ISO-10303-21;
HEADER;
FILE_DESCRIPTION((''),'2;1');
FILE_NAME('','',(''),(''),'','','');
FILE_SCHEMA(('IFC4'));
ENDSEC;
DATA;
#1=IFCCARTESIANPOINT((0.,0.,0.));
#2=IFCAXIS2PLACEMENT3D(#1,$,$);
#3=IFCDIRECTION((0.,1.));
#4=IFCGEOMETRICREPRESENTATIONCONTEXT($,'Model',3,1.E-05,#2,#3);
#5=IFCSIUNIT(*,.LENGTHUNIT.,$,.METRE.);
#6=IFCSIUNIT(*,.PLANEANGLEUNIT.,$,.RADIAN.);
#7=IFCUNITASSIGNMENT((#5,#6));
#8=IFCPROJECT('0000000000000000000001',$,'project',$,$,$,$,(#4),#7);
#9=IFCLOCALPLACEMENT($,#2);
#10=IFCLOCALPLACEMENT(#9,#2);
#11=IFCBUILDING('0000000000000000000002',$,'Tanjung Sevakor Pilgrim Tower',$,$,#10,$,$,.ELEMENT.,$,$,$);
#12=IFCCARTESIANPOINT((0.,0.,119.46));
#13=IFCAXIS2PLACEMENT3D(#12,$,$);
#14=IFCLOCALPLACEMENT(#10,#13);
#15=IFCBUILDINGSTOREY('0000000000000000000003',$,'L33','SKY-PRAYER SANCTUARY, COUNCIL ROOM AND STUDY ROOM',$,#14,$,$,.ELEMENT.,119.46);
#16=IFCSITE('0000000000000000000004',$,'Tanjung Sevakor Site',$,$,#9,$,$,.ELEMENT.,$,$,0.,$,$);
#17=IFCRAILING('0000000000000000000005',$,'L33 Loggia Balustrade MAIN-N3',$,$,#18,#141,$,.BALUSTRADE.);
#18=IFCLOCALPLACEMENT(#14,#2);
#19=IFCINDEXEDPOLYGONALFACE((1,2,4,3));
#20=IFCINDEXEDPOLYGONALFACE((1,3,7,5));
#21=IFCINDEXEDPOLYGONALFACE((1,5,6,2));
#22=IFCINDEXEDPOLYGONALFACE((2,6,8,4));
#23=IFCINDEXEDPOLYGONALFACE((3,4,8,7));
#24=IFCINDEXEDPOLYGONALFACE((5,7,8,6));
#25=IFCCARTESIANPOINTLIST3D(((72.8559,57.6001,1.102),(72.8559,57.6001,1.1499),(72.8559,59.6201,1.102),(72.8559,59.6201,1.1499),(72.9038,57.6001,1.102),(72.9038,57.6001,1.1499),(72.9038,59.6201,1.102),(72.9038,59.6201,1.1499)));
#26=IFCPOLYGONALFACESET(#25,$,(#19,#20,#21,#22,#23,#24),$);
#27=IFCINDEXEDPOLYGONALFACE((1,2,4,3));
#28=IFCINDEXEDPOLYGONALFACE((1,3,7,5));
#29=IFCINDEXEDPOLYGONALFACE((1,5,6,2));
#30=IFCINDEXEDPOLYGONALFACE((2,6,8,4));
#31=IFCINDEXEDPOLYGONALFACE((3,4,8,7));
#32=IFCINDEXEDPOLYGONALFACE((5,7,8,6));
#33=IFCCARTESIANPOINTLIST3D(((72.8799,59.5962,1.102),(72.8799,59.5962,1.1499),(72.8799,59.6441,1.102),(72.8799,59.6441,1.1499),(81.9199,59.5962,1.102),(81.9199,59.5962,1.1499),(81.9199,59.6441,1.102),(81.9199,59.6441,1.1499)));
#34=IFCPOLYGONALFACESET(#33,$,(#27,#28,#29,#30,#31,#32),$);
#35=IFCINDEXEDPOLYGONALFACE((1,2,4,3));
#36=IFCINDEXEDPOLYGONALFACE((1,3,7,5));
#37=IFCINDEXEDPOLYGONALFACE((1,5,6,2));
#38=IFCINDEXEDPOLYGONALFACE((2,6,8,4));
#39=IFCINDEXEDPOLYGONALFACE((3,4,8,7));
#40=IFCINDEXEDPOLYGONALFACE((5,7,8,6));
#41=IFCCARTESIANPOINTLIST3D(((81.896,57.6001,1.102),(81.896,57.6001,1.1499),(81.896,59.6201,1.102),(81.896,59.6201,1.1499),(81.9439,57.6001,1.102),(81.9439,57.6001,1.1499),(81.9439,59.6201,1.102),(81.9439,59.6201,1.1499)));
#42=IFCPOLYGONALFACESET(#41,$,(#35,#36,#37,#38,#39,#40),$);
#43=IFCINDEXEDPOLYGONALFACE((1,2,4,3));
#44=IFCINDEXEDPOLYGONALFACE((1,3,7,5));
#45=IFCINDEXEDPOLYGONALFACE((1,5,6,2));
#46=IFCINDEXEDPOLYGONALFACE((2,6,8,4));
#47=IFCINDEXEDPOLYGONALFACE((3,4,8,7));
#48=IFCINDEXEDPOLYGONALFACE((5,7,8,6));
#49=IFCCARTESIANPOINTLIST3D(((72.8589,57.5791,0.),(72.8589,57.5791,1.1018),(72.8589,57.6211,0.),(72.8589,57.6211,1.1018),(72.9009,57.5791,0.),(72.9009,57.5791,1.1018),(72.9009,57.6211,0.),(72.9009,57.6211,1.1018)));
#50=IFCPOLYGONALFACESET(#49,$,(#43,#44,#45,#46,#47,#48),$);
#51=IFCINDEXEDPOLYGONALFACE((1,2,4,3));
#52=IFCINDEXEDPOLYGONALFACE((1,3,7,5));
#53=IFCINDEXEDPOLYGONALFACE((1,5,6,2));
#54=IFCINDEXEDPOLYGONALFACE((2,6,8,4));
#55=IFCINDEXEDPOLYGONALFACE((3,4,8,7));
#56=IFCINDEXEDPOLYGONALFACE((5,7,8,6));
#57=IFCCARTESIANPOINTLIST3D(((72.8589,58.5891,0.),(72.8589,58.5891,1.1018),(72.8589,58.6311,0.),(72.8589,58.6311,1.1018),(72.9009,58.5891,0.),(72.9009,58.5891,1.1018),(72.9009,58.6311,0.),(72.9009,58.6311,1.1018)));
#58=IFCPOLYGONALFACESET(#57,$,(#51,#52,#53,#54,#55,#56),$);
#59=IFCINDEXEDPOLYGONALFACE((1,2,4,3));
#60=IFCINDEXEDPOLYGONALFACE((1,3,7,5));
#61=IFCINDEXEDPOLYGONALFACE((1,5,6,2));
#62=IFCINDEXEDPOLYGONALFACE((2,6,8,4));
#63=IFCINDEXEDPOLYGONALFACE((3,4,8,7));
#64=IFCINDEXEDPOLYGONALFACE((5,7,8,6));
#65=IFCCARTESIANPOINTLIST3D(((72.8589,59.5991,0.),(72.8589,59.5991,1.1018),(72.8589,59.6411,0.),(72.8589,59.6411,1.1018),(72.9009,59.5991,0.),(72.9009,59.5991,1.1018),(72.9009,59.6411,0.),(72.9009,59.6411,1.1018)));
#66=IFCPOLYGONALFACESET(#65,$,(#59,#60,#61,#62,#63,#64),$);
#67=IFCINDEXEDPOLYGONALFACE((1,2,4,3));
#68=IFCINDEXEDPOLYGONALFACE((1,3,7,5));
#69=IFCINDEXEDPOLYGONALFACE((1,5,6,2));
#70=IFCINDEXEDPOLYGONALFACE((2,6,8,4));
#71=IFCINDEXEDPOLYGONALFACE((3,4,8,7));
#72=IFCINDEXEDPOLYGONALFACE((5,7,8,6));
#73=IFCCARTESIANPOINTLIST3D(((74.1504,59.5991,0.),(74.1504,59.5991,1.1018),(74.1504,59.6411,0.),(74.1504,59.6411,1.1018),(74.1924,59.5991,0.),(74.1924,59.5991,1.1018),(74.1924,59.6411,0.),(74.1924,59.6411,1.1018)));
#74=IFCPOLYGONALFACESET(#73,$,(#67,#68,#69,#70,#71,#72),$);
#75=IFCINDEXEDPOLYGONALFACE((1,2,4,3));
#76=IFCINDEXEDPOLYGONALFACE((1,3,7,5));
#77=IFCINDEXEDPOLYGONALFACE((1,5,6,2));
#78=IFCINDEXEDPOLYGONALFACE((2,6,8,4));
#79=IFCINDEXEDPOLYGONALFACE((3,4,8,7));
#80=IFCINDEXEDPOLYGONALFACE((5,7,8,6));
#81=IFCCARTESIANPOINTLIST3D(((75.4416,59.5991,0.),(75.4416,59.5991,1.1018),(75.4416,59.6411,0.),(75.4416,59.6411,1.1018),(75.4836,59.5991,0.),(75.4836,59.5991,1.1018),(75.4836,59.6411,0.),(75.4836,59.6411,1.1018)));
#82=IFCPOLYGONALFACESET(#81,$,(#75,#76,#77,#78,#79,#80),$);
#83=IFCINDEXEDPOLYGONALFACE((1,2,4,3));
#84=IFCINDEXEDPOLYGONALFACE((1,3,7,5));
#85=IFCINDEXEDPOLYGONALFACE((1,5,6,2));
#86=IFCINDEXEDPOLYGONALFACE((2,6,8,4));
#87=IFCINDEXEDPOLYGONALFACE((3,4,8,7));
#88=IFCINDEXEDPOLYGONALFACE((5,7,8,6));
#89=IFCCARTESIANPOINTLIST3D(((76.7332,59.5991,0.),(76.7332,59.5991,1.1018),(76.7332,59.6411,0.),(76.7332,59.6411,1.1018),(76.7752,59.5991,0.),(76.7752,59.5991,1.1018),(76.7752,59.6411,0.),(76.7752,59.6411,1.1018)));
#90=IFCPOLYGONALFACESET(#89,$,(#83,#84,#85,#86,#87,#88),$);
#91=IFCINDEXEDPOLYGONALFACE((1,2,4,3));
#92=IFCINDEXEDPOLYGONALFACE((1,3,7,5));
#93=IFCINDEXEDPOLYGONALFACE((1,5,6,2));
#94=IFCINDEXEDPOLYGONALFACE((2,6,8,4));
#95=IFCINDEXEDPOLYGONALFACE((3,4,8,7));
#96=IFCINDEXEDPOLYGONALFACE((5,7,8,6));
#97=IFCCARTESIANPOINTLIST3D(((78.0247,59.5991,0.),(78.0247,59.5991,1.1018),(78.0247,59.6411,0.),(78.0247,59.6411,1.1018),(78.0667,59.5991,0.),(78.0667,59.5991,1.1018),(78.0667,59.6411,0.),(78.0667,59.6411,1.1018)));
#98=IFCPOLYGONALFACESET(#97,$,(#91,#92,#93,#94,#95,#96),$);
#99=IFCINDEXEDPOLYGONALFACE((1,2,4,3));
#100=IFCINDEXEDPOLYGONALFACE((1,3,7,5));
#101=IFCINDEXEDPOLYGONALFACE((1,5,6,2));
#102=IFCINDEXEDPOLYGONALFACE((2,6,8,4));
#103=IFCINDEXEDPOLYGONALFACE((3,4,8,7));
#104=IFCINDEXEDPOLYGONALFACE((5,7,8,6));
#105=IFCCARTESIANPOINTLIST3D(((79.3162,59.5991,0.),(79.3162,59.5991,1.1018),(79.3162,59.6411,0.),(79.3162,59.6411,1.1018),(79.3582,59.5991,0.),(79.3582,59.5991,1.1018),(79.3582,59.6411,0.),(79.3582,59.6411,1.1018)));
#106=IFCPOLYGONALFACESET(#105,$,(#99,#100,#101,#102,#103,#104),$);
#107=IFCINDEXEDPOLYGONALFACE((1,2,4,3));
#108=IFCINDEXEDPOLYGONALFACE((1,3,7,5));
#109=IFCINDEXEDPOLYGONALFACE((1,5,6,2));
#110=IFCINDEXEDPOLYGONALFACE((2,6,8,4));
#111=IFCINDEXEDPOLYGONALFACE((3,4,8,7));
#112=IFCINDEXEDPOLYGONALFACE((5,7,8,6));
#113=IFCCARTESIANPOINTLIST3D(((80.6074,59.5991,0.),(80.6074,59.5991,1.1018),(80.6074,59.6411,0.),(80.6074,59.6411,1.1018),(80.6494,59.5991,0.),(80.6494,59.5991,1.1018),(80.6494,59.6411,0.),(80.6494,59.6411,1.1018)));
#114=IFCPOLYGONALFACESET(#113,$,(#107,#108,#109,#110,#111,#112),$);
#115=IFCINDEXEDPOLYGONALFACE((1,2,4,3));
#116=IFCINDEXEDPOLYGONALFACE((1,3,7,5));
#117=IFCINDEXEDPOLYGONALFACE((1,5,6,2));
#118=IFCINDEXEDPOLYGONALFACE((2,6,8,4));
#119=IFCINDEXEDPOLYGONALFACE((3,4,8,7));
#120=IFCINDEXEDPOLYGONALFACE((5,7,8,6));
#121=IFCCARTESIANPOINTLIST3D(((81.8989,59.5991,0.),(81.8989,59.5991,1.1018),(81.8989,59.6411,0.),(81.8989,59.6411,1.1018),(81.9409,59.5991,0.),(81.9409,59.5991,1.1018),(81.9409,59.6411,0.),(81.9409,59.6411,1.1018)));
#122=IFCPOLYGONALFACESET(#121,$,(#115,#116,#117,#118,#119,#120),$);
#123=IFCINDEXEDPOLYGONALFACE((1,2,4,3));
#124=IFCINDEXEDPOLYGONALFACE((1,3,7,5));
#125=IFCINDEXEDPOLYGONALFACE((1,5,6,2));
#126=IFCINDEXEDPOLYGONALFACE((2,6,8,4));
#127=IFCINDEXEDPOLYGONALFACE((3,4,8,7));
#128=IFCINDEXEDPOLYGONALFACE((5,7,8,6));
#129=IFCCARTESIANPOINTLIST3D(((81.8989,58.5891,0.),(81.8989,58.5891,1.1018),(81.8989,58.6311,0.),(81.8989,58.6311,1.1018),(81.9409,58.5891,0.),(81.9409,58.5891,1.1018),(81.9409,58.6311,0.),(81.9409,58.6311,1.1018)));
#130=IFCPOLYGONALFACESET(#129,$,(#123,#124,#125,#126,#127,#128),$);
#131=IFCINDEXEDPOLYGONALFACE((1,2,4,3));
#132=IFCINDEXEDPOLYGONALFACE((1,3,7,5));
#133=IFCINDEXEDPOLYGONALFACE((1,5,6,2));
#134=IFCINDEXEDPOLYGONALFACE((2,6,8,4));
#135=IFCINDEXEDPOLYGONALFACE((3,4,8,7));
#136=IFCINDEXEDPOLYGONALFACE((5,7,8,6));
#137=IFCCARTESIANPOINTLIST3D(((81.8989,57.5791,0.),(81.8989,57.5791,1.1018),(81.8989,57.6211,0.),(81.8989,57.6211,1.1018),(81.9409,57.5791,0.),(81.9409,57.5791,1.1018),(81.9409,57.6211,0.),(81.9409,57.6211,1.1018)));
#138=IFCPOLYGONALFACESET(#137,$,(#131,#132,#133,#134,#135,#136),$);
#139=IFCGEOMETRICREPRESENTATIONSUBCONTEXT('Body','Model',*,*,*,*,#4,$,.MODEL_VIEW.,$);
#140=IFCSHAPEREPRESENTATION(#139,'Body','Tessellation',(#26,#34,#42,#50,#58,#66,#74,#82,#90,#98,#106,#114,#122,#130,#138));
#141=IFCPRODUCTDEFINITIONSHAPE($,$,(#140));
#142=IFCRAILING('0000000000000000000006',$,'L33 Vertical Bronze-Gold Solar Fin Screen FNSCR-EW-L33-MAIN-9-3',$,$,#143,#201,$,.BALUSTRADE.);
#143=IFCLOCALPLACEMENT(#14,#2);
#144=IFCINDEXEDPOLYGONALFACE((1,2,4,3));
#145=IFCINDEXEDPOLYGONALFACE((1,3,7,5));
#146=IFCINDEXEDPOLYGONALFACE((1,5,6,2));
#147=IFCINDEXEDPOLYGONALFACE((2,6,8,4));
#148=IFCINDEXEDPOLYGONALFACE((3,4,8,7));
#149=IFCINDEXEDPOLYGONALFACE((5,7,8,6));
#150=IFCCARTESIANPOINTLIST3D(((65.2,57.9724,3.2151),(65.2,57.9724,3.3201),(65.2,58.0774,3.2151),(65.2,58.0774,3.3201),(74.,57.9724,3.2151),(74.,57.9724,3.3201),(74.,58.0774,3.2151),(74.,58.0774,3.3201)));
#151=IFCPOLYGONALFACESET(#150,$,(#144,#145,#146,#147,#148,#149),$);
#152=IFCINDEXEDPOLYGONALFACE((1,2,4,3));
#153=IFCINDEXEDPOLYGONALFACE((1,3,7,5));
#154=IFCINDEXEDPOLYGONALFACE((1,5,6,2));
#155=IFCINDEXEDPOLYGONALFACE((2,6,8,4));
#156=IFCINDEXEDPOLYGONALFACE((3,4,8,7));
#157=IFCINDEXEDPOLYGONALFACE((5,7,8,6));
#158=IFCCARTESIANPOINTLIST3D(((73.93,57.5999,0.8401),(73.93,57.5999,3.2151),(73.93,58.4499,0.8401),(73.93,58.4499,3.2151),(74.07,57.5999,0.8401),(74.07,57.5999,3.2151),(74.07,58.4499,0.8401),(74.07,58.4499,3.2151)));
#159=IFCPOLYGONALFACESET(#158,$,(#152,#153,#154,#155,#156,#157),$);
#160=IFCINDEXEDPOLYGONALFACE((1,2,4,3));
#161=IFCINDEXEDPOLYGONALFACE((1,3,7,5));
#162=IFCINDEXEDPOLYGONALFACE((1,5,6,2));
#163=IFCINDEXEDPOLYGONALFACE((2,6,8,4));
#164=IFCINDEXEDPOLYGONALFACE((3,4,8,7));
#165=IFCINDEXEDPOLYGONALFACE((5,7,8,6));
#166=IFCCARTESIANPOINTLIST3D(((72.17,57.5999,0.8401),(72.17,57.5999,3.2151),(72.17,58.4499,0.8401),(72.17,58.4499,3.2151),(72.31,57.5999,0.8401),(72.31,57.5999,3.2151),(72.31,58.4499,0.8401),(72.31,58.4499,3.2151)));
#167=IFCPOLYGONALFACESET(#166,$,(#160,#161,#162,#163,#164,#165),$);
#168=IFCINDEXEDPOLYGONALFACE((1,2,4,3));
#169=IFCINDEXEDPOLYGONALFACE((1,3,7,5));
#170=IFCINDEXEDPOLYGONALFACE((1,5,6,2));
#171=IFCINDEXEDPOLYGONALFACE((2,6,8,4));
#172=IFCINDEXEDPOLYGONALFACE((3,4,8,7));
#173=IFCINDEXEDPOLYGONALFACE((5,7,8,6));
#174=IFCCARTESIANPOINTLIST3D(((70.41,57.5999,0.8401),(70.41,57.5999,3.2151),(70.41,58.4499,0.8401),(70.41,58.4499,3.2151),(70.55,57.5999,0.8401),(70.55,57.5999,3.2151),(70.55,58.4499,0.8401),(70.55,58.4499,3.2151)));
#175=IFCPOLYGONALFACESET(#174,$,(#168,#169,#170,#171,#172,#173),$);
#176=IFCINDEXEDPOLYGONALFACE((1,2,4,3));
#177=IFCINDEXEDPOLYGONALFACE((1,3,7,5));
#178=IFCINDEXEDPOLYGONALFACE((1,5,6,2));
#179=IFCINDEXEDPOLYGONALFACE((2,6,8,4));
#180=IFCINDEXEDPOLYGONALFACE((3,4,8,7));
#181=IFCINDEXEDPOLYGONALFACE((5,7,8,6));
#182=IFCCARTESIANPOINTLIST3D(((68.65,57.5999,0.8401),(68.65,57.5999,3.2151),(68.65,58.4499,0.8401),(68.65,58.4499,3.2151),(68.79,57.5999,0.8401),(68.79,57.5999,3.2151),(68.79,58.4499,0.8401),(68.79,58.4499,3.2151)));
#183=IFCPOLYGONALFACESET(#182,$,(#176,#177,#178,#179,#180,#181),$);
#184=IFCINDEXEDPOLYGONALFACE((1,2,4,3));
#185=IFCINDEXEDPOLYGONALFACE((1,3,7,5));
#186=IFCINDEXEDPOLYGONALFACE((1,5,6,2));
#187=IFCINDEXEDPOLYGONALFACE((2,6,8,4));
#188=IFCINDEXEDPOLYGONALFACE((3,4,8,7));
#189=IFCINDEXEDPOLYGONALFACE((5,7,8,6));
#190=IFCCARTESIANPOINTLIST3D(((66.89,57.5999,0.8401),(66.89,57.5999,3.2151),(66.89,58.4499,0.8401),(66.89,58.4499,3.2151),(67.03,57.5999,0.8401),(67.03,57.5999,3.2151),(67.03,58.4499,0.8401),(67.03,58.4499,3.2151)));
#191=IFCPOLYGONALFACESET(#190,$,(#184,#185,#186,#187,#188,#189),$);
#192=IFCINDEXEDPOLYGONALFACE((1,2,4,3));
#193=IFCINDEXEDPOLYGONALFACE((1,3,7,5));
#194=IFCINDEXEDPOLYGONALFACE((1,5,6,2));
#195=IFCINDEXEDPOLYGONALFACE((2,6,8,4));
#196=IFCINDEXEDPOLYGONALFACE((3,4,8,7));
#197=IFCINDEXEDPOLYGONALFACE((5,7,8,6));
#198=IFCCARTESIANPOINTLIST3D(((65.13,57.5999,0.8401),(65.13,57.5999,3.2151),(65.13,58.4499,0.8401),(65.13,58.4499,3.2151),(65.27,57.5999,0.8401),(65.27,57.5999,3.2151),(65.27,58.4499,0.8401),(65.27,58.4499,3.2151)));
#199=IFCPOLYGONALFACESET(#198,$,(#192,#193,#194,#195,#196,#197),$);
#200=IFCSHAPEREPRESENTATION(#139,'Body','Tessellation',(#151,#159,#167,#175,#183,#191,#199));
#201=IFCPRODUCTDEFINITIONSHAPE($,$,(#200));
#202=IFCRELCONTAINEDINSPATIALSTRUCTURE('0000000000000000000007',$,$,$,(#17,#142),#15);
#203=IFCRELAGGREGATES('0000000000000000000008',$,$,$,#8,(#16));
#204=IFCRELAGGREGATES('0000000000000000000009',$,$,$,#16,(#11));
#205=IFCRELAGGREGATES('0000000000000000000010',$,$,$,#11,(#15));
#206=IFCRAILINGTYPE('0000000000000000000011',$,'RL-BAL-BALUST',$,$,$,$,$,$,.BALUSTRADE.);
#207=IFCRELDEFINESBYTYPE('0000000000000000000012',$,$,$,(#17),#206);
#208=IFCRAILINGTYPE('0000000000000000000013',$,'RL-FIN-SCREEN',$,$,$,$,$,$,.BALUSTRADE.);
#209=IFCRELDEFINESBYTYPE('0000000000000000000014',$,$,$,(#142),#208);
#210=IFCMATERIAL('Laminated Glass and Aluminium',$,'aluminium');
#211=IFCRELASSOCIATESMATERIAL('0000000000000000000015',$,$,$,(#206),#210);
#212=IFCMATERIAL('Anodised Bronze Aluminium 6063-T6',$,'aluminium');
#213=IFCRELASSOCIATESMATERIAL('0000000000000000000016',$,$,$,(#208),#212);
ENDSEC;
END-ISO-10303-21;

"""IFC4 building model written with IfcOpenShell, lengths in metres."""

from ifc_helpers import new_model, si_unit, direction, frame, origin, place, context, subcontext, project, spatial, rectangle, extrude, material, type_object, element, save


model = new_model("IFC4")

# Units and contexts
model_context = context("Model", 3, precision=1e-05, world=origin(), true_north=direction((0.0, 1.0)))
body_context = subcontext(model_context, "Body", "Model", "MODEL_VIEW")
ifc_project = project(units=[si_unit("LENGTHUNIT", "METRE"), si_unit("PLANEANGLEUNIT", "RADIAN")], contexts=[model_context])

# Site, building, storey
site_placement = place(None, origin())
site = spatial("IfcSite", under=ifc_project, at=site_placement, Name="Tanjung Sevakor Site", CompositionType="ELEMENT", RefElevation=0.0)
building_placement = place(site_placement, origin())
building = spatial("IfcBuilding", under=site, at=building_placement, Name="Tanjung Sevakor Pilgrim Tower", CompositionType="ELEMENT")
storey_placement = place(building_placement, frame((0.0, 0.0, 119.46)))
storey = spatial("IfcBuildingStorey", under=building, at=storey_placement, Name="L33", Description="SKY-PRAYER SANCTUARY, COUNCIL ROOM AND STUDY ROOM", CompositionType="ELEMENT", Elevation=119.46)

# Railings
ifc_material_1 = material(Name="Laminated Glass and Aluminium", Category="aluminium")
railing_type_1 = type_object("IfcRailingType", Name="RL-BAL-BALUST", PredefinedType="BALUSTRADE", material=ifc_material_1)
railing_1_placement = place(storey_placement, frame((72.8799, 57.6001, 0.0)))
element("IfcRailing", 1, at=railing_1_placement, inside=storey, type_object=railing_type_1, Name="L33 Loggia Balustrade MAIN-N3", PredefinedType="BALUSTRADE", context=body_context, shape_type="SweptSolid", body=[
    extrude(rectangle(XDim=0.0479, YDim=0.0479), frame((0.0, 0.0, 1.126), z_axis=(0.0, 1.0, 0.0), x_axis=(-1.0, 0.0, 0.0)), (0.0, 0.0, 1.0), 2.02),
    extrude(rectangle(XDim=0.0479, YDim=0.0479), frame((0.0, 2.02, 1.126), z_axis=(1.0, 0.0, 0.0), x_axis=(0.0, 1.0, 0.0)), (0.0, 0.0, 1.0), 9.04),
    extrude(rectangle(XDim=0.0479, YDim=0.0479), frame((9.04, 2.02, 1.126), z_axis=(0.0, -1.0, 0.0), x_axis=(1.0, 0.0, 0.0)), (0.0, 0.0, 1.0), 2.02),
    extrude(rectangle(XDim=0.042, YDim=0.042), origin(), (0.0, 0.0, 1.0), 1.1018),
    extrude(rectangle(XDim=0.042, YDim=0.042), frame((0.0, 1.01, 0.0)), (0.0, 0.0, 1.0), 1.1018),
    extrude(rectangle(XDim=0.042, YDim=0.042), frame((0.0, 2.02, 0.0)), (0.0, 0.0, 1.0), 1.1018),
    extrude(rectangle(XDim=0.042, YDim=0.042), frame((1.2915, 2.02, 0.0)), (0.0, 0.0, 1.0), 1.1018),
    extrude(rectangle(XDim=0.042, YDim=0.042), frame((2.5828, 2.02, 0.0)), (0.0, 0.0, 1.0), 1.1018),
    extrude(rectangle(XDim=0.042, YDim=0.042), frame((3.8743, 2.02, 0.0)), (0.0, 0.0, 1.0), 1.1018),
    extrude(rectangle(XDim=0.042, YDim=0.042), frame((5.1658, 2.02, 0.0)), (0.0, 0.0, 1.0), 1.1018),
    extrude(rectangle(XDim=0.042, YDim=0.042), frame((6.4573, 2.02, 0.0)), (0.0, 0.0, 1.0), 1.1018),
    extrude(rectangle(XDim=0.042, YDim=0.042), frame((7.7485, 2.02, 0.0)), (0.0, 0.0, 1.0), 1.1018),
    extrude(rectangle(XDim=0.042, YDim=0.042), frame((9.04, 2.02, 0.0)), (0.0, 0.0, 1.0), 1.1018),
    extrude(rectangle(XDim=0.042, YDim=0.042), frame((9.04, 1.01, 0.0)), (0.0, 0.0, 1.0), 1.1018),
    extrude(rectangle(XDim=0.042, YDim=0.042), frame((9.04, 0.0, 0.0)), (0.0, 0.0, 1.0), 1.1018),
])
ifc_material_2 = material(Name="Anodised Bronze Aluminium 6063-T6", Category="aluminium")
railing_type_2 = type_object("IfcRailingType", Name="RL-FIN-SCREEN", PredefinedType="BALUSTRADE", material=ifc_material_2)
railing_2_placement = place(storey_placement, frame((74.0, 58.0249, 0.8401)))
element("IfcRailing", 2, at=railing_2_placement, inside=storey, type_object=railing_type_2, Name="L33 Vertical Bronze-Gold Solar Fin Screen FNSCR-EW-L33-MAIN-9-3", PredefinedType="BALUSTRADE", context=body_context, shape_type="SweptSolid", body=[
    extrude(rectangle(XDim=0.105, YDim=0.105), frame((0.0, 0.0, 2.4275), z_axis=(-1.0, 0.0, 0.0), x_axis=(0.0, -1.0, 0.0)), (0.0, 0.0, 1.0), 8.8),
    extrude(rectangle(XDim=0.14, YDim=0.85), origin(), (0.0, 0.0, 1.0), 2.375),
    extrude(rectangle(XDim=0.14, YDim=0.85), frame((-1.76, 0.0, 0.0)), (0.0, 0.0, 1.0), 2.375),
    extrude(rectangle(XDim=0.14, YDim=0.85), frame((-3.52, 0.0, 0.0)), (0.0, 0.0, 1.0), 2.375),
    extrude(rectangle(XDim=0.14, YDim=0.85), frame((-5.28, 0.0, 0.0)), (0.0, 0.0, 1.0), 2.375),
    extrude(rectangle(XDim=0.14, YDim=0.85), frame((-7.04, 0.0, 0.0)), (0.0, 0.0, 1.0), 2.375),
    extrude(rectangle(XDim=0.14, YDim=0.85), frame((-8.8, 0.0, 0.0)), (0.0, 0.0, 1.0), 2.375),
])

save(model, "model.ifc")
